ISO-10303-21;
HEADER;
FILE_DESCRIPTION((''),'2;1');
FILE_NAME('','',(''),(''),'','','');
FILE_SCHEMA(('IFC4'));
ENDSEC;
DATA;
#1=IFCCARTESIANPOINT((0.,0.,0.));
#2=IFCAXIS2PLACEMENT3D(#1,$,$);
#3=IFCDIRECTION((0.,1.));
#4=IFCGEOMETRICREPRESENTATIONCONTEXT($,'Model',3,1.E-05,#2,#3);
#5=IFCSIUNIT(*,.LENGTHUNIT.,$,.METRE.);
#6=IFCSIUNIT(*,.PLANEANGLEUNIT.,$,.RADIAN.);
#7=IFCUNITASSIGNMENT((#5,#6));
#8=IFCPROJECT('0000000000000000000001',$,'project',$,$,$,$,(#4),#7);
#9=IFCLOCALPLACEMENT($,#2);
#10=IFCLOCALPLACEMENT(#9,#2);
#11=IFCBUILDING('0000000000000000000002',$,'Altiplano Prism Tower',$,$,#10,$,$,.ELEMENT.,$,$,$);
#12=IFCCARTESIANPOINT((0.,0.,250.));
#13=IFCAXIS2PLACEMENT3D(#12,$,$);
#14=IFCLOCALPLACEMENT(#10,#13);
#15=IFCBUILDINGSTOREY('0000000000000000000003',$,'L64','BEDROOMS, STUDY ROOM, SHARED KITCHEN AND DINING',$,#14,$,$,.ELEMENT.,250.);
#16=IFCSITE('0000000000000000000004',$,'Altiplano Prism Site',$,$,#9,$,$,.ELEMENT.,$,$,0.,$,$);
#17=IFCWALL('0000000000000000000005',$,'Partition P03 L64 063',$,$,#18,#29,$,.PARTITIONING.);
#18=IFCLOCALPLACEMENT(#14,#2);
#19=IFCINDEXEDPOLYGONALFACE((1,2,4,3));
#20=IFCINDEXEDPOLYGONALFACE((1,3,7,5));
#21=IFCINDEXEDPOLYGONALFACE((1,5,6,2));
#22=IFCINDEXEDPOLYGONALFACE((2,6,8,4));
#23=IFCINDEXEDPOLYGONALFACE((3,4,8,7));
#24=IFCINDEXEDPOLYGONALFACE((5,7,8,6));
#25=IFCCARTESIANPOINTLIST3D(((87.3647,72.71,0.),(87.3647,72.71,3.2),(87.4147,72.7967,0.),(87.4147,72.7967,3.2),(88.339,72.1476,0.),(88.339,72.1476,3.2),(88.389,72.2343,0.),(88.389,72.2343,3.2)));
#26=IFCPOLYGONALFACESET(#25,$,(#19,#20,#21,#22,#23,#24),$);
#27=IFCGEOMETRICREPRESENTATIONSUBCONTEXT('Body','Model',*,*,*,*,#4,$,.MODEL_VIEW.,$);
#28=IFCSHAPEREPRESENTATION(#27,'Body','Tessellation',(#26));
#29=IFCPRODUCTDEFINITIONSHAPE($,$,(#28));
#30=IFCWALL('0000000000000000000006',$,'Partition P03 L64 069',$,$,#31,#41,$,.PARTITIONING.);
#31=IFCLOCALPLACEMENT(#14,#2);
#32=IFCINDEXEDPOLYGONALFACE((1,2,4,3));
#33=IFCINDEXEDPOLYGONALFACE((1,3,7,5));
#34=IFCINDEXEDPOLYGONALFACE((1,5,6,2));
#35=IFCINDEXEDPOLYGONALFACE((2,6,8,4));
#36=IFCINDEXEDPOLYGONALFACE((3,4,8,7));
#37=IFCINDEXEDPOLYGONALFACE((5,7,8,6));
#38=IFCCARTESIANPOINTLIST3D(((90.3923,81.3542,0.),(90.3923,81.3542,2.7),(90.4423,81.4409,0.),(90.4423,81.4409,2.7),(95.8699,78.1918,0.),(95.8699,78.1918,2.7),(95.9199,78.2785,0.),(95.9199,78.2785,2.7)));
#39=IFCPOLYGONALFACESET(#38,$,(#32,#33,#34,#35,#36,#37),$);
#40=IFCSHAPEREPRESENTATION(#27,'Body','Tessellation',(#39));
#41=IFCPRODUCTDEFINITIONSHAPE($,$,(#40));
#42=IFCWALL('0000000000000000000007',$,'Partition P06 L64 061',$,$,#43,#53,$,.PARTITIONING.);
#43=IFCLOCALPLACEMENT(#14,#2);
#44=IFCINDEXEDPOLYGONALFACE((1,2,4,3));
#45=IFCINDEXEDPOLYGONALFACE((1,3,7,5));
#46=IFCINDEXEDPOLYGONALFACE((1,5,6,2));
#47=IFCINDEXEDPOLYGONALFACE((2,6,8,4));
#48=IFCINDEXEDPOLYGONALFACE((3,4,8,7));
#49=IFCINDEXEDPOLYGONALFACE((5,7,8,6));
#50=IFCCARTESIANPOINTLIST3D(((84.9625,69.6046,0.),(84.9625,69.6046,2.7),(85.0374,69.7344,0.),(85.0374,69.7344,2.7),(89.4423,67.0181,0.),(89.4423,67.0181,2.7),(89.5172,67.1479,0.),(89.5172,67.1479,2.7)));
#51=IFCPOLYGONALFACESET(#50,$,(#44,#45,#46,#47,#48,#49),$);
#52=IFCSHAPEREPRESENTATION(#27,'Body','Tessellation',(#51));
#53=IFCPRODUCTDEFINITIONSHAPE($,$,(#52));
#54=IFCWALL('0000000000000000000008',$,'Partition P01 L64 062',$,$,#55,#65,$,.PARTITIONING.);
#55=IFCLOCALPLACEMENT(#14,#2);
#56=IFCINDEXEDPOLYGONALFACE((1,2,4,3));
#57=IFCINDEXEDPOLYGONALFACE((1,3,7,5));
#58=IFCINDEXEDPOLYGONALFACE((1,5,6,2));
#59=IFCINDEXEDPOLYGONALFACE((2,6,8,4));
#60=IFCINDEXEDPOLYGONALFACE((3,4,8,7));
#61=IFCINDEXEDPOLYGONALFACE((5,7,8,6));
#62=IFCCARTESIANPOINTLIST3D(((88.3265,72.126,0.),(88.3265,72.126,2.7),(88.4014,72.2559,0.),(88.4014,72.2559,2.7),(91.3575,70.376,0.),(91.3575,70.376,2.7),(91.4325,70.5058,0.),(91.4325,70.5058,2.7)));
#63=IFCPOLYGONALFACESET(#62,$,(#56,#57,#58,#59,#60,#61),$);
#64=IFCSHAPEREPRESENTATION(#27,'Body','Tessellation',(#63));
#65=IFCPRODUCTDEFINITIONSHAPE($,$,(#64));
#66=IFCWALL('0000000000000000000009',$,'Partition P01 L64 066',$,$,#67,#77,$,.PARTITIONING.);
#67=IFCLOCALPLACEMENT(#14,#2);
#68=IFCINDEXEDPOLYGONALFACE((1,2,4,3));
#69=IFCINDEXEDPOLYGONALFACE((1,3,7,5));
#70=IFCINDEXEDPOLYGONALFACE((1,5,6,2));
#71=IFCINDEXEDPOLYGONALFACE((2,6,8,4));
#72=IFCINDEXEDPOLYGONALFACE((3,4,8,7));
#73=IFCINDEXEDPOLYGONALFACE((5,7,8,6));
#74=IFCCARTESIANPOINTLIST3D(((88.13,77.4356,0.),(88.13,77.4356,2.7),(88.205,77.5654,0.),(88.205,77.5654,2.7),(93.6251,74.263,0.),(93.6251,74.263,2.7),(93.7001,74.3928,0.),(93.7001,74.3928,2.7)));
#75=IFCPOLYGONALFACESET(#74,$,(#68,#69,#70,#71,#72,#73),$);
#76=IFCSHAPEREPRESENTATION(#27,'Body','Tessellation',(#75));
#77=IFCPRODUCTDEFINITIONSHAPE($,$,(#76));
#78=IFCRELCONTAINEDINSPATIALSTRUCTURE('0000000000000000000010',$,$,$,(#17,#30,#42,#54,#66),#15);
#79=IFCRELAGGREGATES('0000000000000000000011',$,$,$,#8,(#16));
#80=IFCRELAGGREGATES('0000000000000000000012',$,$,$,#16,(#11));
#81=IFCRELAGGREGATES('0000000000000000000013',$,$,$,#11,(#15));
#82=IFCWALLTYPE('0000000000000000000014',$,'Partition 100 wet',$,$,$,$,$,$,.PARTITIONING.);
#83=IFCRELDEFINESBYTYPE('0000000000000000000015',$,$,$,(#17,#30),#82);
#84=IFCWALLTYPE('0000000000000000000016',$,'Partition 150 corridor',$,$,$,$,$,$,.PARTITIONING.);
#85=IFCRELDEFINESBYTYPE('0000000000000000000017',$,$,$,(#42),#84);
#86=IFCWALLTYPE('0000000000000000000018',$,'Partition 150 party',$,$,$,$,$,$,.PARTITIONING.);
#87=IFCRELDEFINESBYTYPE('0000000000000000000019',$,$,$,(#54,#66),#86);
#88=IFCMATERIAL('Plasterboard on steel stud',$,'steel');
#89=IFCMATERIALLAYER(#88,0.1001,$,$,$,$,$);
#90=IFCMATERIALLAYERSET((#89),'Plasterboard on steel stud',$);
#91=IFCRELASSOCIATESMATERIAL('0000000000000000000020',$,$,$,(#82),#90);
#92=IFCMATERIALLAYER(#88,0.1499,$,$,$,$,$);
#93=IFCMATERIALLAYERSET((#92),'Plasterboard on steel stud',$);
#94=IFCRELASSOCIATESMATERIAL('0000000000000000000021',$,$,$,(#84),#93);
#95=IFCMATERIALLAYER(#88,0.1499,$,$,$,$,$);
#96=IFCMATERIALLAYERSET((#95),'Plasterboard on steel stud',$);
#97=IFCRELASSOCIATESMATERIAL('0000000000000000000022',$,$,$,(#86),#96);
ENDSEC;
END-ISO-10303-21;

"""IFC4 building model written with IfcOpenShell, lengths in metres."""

from ifc_helpers import new_model, si_unit, direction, frame, frame_2d, origin, place, context, subcontext, project, spatial, rectangle, extrude, material, layer, layer_set, type_object, element, save


model = new_model("IFC4")

# Units and contexts
model_context = context("Model", 3, precision=1e-05, world=origin(), true_north=direction((0.0, 1.0)))
body_context = subcontext(model_context, "Body", "Model", "MODEL_VIEW")
ifc_project = project(units=[si_unit("LENGTHUNIT", "METRE"), si_unit("PLANEANGLEUNIT", "RADIAN")], contexts=[model_context])

# Site, building, storey
site_placement = place(None, origin())
site = spatial("IfcSite", under=ifc_project, at=site_placement, Name="Altiplano Prism Site", CompositionType="ELEMENT", RefElevation=0.0)
building_placement = place(site_placement, origin())
building = spatial("IfcBuilding", under=site, at=building_placement, Name="Altiplano Prism Tower", CompositionType="ELEMENT")
storey_placement = place(building_placement, frame((0.0, 0.0, 250.0)))
storey = spatial("IfcBuildingStorey", under=building, at=storey_placement, Name="L64", Description="BEDROOMS, STUDY ROOM, SHARED KITCHEN AND DINING", CompositionType="ELEMENT", Elevation=250.0)

# Shared definitions
ifc_material_1 = material(Name="Plasterboard on steel stud", Category="steel")

# Walls
ifc_layer_1 = layer(ifc_material_1, 0.1001)
ifc_layer_set_1 = layer_set([ifc_layer_1], Name="Plasterboard on steel stud")
wall_type_1 = type_object("IfcWallType", Name="Partition 100 wet", PredefinedType="PARTITIONING", material=ifc_layer_set_1)
wall_1_placement = place(storey_placement, frame((88.364, 72.1909, 0.0), z_axis=(0.0, 0.0, 1.0), x_axis=(-0.866045, 0.499967, 0.0)))
element("IfcWall", 1, at=wall_1_placement, inside=storey, type_object=wall_type_1, Name="Partition P03 L64 063", PredefinedType="PARTITIONING", context=body_context, shape_type="SweptSolid", body=[
    extrude(rectangle(XDim=1.125, YDim=0.1001, at=frame_2d((0.5625, 0.0))), origin(), (0.0, 0.0, 1.0), 3.2),
])
wall_2_placement = place(storey_placement, frame((95.895, 78.2351, 0.0), z_axis=(0.0, 0.0, 1.0), x_axis=(-0.866033, 0.499988, 0.0)))
element("IfcWall", 2, at=wall_2_placement, inside=storey, type_object=wall_type_1, Name="Partition P03 L64 069", PredefinedType="PARTITIONING", context=body_context, shape_type="SweptSolid", body=[
    extrude(rectangle(XDim=6.325, YDim=0.1001, at=frame_2d((3.1626, 0.0))), origin(), (0.0, 0.0, 1.0), 2.7),
])
ifc_layer_2 = layer(ifc_material_1, 0.1499)
ifc_layer_set_2 = layer_set([ifc_layer_2], Name="Plasterboard on steel stud")
wall_type_2 = type_object("IfcWallType", Name="Partition 150 corridor", PredefinedType="PARTITIONING", material=ifc_layer_set_2)
wall_3_placement = place(storey_placement, frame((89.4797, 67.083, 0.0), z_axis=(0.0, 0.0, 1.0), x_axis=(-0.866021, 0.500007, 0.0)))
element("IfcWall", 3, at=wall_3_placement, inside=storey, type_object=wall_type_2, Name="Partition P06 L64 061", PredefinedType="PARTITIONING", context=body_context, shape_type="SweptSolid", body=[
    extrude(rectangle(XDim=5.1729, YDim=0.1499, at=frame_2d((2.5864, 0.0))), origin(), (0.0, 0.0, 1.0), 2.7),
])
ifc_layer_3 = layer(ifc_material_1, 0.1499)
ifc_layer_set_3 = layer_set([ifc_layer_3], Name="Plasterboard on steel stud")
wall_type_3 = type_object("IfcWallType", Name="Partition 150 party", PredefinedType="PARTITIONING", material=ifc_layer_set_3)
wall_4_placement = place(storey_placement, frame((91.395, 70.4409, 0.0), z_axis=(0.0, 0.0, 1.0), x_axis=(-0.866019, 0.50001, 0.0)))
element("IfcWall", 4, at=wall_4_placement, inside=storey, type_object=wall_type_3, Name="Partition P01 L64 062", PredefinedType="PARTITIONING", context=body_context, shape_type="SweptSolid", body=[
    extrude(rectangle(XDim=3.5, YDim=0.1499, at=frame_2d((1.75, 0.0))), origin(), (0.0, 0.0, 1.0), 2.7),
])
wall_5_placement = place(storey_placement, frame((93.6626, 74.3279, 0.0), z_axis=(0.0, 0.0, 1.0), x_axis=(-0.866025, 0.5, 0.0)))
element("IfcWall", 5, at=wall_5_placement, inside=storey, type_object=wall_type_3, Name="Partition P01 L64 066", PredefinedType="PARTITIONING", context=body_context, shape_type="SweptSolid", body=[
    extrude(rectangle(XDim=6.3452, YDim=0.1499, at=frame_2d((3.1726, 0.0))), origin(), (0.0, 0.0, 1.0), 2.7),
])

save(model, "model.ifc")
